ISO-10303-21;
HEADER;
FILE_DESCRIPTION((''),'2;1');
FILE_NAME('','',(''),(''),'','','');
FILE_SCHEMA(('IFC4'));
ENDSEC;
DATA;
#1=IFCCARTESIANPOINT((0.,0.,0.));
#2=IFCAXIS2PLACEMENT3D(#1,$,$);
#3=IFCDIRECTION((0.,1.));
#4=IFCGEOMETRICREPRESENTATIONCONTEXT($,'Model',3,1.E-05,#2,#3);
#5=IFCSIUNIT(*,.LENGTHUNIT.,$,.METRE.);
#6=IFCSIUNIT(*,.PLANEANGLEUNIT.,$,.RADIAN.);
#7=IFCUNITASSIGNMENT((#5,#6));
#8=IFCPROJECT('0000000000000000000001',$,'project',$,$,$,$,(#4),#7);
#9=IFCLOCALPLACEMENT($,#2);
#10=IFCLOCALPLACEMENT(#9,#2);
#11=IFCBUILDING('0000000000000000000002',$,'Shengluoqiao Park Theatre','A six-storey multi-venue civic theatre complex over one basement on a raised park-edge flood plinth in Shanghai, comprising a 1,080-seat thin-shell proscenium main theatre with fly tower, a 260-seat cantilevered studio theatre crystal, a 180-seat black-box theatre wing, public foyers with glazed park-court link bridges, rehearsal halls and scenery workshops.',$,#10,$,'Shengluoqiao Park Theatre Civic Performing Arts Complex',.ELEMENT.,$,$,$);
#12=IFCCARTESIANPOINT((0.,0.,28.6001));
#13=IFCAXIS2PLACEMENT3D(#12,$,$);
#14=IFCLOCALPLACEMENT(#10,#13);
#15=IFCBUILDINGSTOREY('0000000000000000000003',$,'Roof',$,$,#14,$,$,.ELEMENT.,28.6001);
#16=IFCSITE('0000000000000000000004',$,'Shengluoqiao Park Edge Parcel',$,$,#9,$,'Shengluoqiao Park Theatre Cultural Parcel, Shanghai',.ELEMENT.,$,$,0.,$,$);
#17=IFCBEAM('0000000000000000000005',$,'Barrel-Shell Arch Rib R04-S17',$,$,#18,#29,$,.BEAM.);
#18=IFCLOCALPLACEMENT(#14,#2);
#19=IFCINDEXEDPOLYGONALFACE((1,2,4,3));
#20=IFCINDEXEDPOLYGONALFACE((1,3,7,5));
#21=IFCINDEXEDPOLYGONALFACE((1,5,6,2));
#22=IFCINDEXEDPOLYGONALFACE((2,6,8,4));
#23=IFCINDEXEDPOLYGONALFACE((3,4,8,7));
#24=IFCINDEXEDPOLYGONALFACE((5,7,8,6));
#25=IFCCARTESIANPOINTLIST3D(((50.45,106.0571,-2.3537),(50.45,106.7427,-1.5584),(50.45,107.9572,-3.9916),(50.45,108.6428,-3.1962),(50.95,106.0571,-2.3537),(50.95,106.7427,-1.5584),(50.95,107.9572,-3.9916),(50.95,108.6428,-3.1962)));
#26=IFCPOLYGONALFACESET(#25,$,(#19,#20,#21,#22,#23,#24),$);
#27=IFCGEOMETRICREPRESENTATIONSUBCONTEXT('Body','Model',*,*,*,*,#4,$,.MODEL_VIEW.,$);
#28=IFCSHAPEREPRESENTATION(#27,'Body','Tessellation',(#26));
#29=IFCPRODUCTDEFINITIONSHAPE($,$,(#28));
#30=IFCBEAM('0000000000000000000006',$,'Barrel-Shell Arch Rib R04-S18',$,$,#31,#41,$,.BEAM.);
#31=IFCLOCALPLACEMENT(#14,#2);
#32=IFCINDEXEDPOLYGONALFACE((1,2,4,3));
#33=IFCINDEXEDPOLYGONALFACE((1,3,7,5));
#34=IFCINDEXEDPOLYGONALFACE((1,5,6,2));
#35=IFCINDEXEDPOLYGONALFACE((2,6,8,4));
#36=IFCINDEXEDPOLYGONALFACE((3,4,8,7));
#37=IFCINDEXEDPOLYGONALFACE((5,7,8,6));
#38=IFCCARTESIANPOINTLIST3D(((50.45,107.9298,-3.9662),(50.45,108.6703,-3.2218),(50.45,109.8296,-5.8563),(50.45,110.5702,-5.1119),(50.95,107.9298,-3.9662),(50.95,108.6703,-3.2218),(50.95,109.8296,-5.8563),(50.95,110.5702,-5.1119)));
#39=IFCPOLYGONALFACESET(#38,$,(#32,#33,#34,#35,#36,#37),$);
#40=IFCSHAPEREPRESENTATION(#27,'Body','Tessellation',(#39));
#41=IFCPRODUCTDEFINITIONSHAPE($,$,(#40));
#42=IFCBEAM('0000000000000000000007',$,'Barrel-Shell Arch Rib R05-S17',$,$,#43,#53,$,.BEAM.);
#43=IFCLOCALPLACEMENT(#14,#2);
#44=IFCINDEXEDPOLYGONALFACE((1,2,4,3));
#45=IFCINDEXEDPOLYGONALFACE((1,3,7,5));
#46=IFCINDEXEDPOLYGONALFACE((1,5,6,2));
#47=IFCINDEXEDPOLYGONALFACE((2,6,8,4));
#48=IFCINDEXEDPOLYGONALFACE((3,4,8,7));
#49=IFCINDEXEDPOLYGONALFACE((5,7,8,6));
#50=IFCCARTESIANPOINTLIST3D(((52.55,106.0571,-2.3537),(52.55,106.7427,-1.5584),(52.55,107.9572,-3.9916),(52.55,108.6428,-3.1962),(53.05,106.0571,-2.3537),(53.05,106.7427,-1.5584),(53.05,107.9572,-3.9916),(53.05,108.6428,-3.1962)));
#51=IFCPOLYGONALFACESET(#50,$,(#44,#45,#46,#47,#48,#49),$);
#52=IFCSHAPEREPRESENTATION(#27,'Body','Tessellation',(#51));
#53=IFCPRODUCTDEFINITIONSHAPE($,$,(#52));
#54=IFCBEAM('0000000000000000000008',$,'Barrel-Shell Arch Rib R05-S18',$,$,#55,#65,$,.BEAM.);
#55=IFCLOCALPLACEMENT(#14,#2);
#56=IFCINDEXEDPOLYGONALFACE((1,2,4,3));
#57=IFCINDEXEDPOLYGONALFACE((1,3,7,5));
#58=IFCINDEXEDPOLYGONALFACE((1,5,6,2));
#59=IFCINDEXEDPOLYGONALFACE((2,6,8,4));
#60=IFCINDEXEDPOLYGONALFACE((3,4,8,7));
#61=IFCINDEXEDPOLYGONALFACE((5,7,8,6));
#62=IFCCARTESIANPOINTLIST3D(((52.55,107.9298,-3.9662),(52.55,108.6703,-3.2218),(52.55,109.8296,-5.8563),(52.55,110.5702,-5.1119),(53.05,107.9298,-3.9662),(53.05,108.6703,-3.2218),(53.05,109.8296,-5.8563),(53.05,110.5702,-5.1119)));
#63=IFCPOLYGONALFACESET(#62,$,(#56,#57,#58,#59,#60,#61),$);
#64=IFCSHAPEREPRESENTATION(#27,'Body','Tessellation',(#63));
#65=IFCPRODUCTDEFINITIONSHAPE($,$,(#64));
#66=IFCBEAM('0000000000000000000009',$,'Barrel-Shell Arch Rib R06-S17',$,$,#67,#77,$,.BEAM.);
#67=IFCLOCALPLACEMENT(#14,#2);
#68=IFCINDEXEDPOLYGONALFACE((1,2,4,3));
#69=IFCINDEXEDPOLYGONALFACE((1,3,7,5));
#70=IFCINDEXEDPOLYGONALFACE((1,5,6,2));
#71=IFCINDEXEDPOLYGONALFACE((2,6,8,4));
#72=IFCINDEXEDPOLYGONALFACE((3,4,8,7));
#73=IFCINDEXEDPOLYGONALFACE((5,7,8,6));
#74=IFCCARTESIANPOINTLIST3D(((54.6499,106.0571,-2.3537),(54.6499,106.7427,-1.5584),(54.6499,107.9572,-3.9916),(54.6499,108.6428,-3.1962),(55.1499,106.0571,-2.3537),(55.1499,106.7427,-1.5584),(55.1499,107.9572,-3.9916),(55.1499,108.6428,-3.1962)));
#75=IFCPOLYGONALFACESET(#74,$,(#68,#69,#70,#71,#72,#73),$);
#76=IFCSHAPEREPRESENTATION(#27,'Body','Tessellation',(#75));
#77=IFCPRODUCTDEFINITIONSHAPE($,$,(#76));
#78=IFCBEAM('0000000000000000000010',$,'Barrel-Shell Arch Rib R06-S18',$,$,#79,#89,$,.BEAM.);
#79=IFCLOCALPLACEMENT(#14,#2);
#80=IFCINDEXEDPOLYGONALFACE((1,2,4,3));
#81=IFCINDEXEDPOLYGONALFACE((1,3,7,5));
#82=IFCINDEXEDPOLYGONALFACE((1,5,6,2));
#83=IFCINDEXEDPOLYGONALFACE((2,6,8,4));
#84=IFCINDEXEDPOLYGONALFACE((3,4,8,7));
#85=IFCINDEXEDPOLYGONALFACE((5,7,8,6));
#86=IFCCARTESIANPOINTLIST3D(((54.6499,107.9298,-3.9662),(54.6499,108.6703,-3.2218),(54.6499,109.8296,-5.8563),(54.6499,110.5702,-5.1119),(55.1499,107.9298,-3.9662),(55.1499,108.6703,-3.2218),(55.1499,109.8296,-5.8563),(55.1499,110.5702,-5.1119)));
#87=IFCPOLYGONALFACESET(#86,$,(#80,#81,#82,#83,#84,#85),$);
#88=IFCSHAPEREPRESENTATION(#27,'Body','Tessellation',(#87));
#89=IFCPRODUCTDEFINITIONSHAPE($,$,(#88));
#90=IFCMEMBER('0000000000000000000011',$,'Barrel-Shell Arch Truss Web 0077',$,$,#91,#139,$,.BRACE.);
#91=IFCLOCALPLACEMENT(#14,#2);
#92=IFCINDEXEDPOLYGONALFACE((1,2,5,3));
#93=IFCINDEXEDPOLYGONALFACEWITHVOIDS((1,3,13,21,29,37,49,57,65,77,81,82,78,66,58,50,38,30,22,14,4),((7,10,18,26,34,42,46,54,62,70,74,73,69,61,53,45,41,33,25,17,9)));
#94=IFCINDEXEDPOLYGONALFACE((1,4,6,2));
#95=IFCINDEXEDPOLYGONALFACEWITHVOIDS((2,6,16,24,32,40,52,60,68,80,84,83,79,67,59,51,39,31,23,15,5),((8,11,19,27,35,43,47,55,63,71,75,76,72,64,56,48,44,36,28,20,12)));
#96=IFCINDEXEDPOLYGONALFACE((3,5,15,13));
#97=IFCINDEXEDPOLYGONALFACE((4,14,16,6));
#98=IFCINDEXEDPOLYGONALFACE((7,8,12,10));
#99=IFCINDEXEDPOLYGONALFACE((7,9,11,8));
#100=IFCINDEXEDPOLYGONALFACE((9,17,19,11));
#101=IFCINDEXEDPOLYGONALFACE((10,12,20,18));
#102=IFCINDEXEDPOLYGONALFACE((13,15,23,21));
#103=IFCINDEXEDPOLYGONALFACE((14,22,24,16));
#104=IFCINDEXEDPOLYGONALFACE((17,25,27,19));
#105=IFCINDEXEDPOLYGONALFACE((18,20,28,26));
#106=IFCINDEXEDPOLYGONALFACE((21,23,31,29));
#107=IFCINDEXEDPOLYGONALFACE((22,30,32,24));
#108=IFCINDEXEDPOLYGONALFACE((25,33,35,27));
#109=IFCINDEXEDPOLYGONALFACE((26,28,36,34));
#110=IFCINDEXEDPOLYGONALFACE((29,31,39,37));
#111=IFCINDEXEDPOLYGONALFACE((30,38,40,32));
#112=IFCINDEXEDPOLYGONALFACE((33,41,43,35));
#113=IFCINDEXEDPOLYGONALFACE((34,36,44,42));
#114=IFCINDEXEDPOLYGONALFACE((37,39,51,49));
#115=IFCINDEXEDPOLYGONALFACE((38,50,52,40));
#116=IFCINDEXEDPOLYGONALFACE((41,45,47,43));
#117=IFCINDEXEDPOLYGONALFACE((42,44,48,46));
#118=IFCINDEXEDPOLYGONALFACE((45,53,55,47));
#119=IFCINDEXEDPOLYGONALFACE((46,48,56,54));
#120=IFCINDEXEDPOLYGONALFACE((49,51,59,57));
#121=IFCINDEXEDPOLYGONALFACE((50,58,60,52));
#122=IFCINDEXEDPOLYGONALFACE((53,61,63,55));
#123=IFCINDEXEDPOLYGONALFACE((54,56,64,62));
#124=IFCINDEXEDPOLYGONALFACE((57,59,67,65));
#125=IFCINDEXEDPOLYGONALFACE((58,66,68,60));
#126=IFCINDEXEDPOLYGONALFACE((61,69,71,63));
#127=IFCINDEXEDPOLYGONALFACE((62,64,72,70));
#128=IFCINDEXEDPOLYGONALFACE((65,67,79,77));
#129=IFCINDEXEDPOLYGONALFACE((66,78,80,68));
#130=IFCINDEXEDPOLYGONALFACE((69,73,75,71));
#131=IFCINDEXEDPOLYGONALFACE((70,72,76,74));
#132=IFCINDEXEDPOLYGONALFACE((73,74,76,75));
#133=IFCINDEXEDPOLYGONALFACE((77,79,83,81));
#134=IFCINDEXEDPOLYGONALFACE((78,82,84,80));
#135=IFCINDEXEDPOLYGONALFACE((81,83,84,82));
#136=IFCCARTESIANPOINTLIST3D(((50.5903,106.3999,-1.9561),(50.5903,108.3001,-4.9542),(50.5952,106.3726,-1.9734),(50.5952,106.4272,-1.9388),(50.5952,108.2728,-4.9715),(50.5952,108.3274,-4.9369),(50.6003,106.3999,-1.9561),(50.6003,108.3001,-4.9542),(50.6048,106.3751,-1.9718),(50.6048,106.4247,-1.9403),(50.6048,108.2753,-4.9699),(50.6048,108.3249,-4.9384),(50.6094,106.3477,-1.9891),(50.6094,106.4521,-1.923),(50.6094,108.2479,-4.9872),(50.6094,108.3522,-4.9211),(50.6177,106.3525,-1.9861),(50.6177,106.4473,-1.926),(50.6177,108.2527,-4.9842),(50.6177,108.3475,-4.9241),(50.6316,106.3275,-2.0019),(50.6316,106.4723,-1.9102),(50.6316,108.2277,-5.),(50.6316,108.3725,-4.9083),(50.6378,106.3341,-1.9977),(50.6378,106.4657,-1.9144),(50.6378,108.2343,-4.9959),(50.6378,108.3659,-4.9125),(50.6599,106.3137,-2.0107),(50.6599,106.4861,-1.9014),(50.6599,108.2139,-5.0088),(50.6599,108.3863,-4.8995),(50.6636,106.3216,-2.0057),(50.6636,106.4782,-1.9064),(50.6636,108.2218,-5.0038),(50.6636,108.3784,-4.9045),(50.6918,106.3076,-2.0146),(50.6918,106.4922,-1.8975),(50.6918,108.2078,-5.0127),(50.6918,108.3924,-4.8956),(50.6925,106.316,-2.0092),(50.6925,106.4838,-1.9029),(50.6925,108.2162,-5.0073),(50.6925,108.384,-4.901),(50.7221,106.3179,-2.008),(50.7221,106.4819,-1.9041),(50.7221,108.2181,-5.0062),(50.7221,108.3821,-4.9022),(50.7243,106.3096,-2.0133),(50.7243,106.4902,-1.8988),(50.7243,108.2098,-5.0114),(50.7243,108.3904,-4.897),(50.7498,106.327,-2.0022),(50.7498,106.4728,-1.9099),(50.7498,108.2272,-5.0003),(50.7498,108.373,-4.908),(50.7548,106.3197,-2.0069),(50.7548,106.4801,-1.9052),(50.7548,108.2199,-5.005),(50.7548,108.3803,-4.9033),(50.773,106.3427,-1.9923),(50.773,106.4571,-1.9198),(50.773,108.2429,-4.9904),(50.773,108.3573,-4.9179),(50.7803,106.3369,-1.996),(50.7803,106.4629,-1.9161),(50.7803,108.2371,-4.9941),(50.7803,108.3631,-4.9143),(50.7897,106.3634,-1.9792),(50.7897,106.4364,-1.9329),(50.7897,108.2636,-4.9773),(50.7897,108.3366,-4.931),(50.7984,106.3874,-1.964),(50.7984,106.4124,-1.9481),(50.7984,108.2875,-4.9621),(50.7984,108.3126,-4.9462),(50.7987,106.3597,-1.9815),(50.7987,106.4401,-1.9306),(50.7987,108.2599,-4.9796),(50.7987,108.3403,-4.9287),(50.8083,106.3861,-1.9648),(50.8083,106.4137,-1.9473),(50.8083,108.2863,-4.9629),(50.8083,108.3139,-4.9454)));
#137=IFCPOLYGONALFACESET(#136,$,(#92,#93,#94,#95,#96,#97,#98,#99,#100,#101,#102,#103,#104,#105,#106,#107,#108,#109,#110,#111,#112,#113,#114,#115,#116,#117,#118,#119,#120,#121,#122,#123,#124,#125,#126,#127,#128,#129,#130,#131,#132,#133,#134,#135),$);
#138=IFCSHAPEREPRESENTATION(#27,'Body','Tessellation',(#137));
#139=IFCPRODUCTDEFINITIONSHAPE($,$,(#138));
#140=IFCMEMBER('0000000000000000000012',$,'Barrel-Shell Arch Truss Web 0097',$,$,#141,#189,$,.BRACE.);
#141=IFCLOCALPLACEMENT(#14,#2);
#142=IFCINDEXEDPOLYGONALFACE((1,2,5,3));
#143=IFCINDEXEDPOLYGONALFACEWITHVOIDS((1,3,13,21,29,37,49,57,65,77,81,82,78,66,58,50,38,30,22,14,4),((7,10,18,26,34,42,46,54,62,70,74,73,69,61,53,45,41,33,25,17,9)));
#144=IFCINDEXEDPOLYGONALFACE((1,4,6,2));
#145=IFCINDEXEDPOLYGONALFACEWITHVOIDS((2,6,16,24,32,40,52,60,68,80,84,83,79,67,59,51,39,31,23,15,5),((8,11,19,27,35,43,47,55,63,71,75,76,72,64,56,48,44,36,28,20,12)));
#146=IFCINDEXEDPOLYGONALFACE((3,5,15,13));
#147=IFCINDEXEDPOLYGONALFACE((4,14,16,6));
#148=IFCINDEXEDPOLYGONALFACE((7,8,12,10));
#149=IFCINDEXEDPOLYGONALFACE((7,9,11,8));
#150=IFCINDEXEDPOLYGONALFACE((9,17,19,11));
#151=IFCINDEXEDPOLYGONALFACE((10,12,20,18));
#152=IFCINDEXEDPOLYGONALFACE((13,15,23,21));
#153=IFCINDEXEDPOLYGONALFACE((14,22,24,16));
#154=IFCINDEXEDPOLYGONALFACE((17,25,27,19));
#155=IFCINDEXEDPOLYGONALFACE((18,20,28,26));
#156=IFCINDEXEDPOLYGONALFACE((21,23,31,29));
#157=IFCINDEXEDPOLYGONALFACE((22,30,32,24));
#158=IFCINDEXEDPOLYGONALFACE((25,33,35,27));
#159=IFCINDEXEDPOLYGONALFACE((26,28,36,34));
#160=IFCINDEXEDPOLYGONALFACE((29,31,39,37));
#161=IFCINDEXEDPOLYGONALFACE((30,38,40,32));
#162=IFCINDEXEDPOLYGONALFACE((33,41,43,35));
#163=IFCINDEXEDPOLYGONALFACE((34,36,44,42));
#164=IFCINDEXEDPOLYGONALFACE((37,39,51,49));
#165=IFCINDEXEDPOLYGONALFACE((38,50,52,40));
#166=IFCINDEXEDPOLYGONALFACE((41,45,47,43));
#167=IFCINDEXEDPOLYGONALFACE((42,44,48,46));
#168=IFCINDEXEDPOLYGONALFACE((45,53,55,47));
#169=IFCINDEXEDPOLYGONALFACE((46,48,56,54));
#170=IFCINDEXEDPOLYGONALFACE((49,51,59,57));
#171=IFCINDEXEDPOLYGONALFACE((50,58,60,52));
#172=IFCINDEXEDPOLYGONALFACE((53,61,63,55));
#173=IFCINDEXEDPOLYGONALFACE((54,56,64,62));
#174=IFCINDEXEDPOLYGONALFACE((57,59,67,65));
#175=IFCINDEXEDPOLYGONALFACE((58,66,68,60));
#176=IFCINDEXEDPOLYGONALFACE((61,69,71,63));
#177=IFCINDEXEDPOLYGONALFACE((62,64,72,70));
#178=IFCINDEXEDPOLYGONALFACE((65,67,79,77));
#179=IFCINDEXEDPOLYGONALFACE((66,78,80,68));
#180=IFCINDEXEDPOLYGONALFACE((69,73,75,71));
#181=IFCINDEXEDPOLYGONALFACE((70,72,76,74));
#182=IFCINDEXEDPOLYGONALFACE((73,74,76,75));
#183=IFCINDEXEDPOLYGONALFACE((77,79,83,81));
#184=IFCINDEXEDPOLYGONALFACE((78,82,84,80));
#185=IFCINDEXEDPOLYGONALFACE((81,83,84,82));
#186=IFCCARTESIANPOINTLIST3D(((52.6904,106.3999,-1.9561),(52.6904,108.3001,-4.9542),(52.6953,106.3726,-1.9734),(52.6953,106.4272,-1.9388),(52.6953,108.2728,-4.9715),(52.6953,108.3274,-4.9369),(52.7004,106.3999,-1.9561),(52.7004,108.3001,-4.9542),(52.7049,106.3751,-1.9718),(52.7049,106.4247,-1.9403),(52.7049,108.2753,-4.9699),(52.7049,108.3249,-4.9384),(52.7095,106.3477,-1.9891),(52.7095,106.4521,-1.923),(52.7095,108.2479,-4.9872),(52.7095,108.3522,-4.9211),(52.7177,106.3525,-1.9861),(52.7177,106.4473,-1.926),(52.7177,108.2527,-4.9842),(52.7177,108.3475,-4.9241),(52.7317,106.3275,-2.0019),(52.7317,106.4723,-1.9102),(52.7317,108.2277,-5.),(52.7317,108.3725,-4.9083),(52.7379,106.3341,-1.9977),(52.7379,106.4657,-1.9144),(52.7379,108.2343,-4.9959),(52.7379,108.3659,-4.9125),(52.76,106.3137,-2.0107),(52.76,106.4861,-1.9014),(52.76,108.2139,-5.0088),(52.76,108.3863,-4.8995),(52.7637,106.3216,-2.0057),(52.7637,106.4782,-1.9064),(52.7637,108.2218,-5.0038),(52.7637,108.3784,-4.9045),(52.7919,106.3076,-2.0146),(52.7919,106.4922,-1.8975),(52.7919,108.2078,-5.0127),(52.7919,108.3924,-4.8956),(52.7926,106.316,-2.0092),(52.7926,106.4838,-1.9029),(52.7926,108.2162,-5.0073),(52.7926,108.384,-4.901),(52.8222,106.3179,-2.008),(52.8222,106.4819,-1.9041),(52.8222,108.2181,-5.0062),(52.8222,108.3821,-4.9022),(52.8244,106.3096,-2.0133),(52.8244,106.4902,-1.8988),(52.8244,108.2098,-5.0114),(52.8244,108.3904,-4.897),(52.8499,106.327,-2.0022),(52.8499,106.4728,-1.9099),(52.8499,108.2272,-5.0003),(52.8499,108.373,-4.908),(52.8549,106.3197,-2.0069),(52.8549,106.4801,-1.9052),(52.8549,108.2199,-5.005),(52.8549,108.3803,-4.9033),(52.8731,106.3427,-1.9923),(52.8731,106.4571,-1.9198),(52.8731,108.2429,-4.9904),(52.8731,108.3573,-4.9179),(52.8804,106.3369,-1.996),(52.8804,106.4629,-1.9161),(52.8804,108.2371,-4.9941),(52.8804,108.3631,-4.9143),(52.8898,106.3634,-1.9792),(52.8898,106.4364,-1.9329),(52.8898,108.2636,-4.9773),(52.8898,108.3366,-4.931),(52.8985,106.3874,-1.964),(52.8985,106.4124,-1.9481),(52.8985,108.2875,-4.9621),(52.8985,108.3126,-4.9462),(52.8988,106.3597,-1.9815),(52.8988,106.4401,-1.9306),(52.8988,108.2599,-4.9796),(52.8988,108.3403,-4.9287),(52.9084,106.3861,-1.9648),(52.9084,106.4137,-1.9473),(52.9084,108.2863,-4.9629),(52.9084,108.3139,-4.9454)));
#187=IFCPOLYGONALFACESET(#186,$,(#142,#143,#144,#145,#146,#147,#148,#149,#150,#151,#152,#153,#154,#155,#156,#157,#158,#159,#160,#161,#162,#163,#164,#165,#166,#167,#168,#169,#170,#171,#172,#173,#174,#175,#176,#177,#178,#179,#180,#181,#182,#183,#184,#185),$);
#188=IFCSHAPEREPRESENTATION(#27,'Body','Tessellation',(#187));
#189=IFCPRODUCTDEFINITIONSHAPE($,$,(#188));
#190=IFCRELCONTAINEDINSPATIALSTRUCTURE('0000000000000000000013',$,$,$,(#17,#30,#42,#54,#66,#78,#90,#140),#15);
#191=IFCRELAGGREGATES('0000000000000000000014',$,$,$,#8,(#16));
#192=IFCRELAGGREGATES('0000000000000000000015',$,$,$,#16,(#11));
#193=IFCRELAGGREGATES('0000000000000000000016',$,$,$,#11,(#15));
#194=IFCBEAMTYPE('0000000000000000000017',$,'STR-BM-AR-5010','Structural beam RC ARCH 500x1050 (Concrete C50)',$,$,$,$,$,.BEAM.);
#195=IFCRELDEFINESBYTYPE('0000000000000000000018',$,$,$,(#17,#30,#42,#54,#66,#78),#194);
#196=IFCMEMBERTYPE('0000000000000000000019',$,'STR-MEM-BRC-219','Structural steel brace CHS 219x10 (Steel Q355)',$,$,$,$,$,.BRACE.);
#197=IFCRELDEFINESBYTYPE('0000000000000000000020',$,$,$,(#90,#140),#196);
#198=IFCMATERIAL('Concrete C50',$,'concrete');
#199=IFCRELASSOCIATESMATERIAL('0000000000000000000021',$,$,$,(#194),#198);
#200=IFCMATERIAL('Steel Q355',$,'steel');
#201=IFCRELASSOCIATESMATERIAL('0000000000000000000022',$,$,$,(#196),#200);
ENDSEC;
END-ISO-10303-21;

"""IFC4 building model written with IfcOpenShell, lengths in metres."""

from ifc_helpers import new_model, si_unit, direction, frame, origin, origin_2d, place, context, subcontext, project, spatial, rectangle, hollow_circle, extrude, material, material_profile, profile_set, type_object, element, save


model = new_model("IFC4")

# Units and contexts
model_context = context("Model", 3, precision=1e-05, world=origin(), true_north=direction((0.0, 1.0)))
body_context = subcontext(model_context, "Body", "Model", "MODEL_VIEW")
ifc_project = project(units=[si_unit("LENGTHUNIT", "METRE"), si_unit("PLANEANGLEUNIT", "RADIAN")], contexts=[model_context])

# Site, building, storey
site_placement = place(None, origin())
site = spatial("IfcSite", under=ifc_project, at=site_placement, Name="Shengluoqiao Park Edge Parcel", LongName="Shengluoqiao Park Theatre Cultural Parcel, Shanghai", CompositionType="ELEMENT", RefElevation=0.0)
building_placement = place(site_placement, origin())
building = spatial("IfcBuilding", under=site, at=building_placement, Name="Shengluoqiao Park Theatre", Description="A six-storey multi-venue civic theatre complex over one basement on a raised park-edge flood plinth in Shanghai, comprising a 1,080-seat thin-shell proscenium main theatre with fly tower, a 260-seat cantilevered studio theatre crystal, a 180-seat black-box theatre wing, public foyers with glazed park-court link bridges, rehearsal halls and scenery workshops.", LongName="Shengluoqiao Park Theatre Civic Performing Arts Complex", CompositionType="ELEMENT")
storey_placement = place(building_placement, frame((0.0, 0.0, 28.6001)))
storey = spatial("IfcBuildingStorey", under=building, at=storey_placement, Name="Roof", CompositionType="ELEMENT", Elevation=28.6001)

# Beams
ifc_material_1 = material(Name="Concrete C50", Category="concrete")
ifc_material_profile_1 = material_profile(ifc_material_1, rectangle(XDim=0.5, YDim=1.05, at=origin_2d()), Name="RC ARCH 500x1050")
ifc_profile_set_1 = profile_set([ifc_material_profile_1], Name="Concrete C50")
beam_type = type_object("IfcBeamType", Name="STR-BM-AR-5010", Description="Structural beam RC ARCH 500x1050 (Concrete C50)", PredefinedType="BEAM", material=ifc_profile_set_1)
beam_1_placement = place(storey_placement, frame((50.7, 106.3999, -1.9561), z_axis=(0.0, 0.757433, -0.652913), x_axis=(-1.0, 0.0, 0.0)))
element("IfcBeam", 1, at=beam_1_placement, inside=storey, type_object=beam_type, Name="Barrel-Shell Arch Rib R04-S17", PredefinedType="BEAM", context=body_context, shape_type="SweptSolid", body=[
    extrude(rectangle(XDim=0.5, YDim=1.05, at=origin_2d()), origin(), (0.0, 0.0, 1.0), 2.5085),
])
beam_2_placement = place(storey_placement, frame((50.7, 108.3, -3.594), z_axis=(0.0, 0.708926, -0.705282), x_axis=(-1.0, 0.0, 0.0)))
element("IfcBeam", 2, at=beam_2_placement, inside=storey, type_object=beam_type, Name="Barrel-Shell Arch Rib R04-S18", PredefinedType="BEAM", context=body_context, shape_type="SweptSolid", body=[
    extrude(rectangle(XDim=0.5, YDim=1.05, at=origin_2d()), origin(), (0.0, 0.0, 1.0), 2.6799),
])
beam_3_placement = place(storey_placement, frame((52.8, 106.3999, -1.9561), z_axis=(0.0, 0.757433, -0.652913), x_axis=(-1.0, 0.0, 0.0)))
element("IfcBeam", 3, at=beam_3_placement, inside=storey, type_object=beam_type, Name="Barrel-Shell Arch Rib R05-S17", PredefinedType="BEAM", context=body_context, shape_type="SweptSolid", body=[
    extrude(rectangle(XDim=0.5, YDim=1.05, at=origin_2d()), origin(), (0.0, 0.0, 1.0), 2.5085),
])
beam_4_placement = place(storey_placement, frame((52.8, 108.3, -3.594), z_axis=(0.0, 0.708926, -0.705282), x_axis=(-1.0, 0.0, 0.0)))
element("IfcBeam", 4, at=beam_4_placement, inside=storey, type_object=beam_type, Name="Barrel-Shell Arch Rib R05-S18", PredefinedType="BEAM", context=body_context, shape_type="SweptSolid", body=[
    extrude(rectangle(XDim=0.5, YDim=1.05, at=origin_2d()), origin(), (0.0, 0.0, 1.0), 2.6799),
])
beam_5_placement = place(storey_placement, frame((54.8999, 106.3999, -1.9561), z_axis=(0.0, 0.757433, -0.652913), x_axis=(-1.0, 0.0, 0.0)))
element("IfcBeam", 5, at=beam_5_placement, inside=storey, type_object=beam_type, Name="Barrel-Shell Arch Rib R06-S17", PredefinedType="BEAM", context=body_context, shape_type="SweptSolid", body=[
    extrude(rectangle(XDim=0.5, YDim=1.05, at=origin_2d()), origin(), (0.0, 0.0, 1.0), 2.5085),
])
beam_6_placement = place(storey_placement, frame((54.8999, 108.3, -3.594), z_axis=(0.0, 0.708926, -0.705282), x_axis=(-1.0, 0.0, 0.0)))
element("IfcBeam", 6, at=beam_6_placement, inside=storey, type_object=beam_type, Name="Barrel-Shell Arch Rib R06-S18", PredefinedType="BEAM", context=body_context, shape_type="SweptSolid", body=[
    extrude(rectangle(XDim=0.5, YDim=1.05, at=origin_2d()), origin(), (0.0, 0.0, 1.0), 2.6799),
])

# Members
ifc_material_2 = material(Name="Steel Q355", Category="steel")
ifc_material_profile_2 = material_profile(ifc_material_2, hollow_circle(Radius=0.1096, WallThickness=0.01, at=origin_2d()), Name="CHS 219x10")
ifc_profile_set_2 = profile_set([ifc_material_profile_2], Name="Steel Q355")
member_type_1 = type_object("IfcMemberType", Name="STR-MEM-BRC-219", Description="Structural steel brace CHS 219x10 (Steel Q355)", PredefinedType="BRACE", material=ifc_profile_set_2)
for number, where, z_axis, x_axis, name in (
    (7, (50.7, 106.3999, -1.9561), (0.0, 0.53533, -0.844643), (-1.0, 0.0, 0.0), "Barrel-Shell Arch Truss Web 0077"),
    (8, (52.8, 106.3999, -1.9561), (0.0, 0.53533, -0.844643), (-1.0, 0.0, 0.0), "Barrel-Shell Arch Truss Web 0097"),
):
    element("IfcMember", number, at=place(storey_placement, frame(where, z_axis=z_axis, x_axis=x_axis)), inside=storey, type_object=member_type_1, Name=name, PredefinedType="BRACE", context=body_context, shape_type="SweptSolid", body=[
        extrude(hollow_circle(Radius=0.1096, WallThickness=0.01, at=origin_2d()), origin(), (0.0, 0.0, 1.0), 3.5496),
    ])

save(model, "model.ifc")
